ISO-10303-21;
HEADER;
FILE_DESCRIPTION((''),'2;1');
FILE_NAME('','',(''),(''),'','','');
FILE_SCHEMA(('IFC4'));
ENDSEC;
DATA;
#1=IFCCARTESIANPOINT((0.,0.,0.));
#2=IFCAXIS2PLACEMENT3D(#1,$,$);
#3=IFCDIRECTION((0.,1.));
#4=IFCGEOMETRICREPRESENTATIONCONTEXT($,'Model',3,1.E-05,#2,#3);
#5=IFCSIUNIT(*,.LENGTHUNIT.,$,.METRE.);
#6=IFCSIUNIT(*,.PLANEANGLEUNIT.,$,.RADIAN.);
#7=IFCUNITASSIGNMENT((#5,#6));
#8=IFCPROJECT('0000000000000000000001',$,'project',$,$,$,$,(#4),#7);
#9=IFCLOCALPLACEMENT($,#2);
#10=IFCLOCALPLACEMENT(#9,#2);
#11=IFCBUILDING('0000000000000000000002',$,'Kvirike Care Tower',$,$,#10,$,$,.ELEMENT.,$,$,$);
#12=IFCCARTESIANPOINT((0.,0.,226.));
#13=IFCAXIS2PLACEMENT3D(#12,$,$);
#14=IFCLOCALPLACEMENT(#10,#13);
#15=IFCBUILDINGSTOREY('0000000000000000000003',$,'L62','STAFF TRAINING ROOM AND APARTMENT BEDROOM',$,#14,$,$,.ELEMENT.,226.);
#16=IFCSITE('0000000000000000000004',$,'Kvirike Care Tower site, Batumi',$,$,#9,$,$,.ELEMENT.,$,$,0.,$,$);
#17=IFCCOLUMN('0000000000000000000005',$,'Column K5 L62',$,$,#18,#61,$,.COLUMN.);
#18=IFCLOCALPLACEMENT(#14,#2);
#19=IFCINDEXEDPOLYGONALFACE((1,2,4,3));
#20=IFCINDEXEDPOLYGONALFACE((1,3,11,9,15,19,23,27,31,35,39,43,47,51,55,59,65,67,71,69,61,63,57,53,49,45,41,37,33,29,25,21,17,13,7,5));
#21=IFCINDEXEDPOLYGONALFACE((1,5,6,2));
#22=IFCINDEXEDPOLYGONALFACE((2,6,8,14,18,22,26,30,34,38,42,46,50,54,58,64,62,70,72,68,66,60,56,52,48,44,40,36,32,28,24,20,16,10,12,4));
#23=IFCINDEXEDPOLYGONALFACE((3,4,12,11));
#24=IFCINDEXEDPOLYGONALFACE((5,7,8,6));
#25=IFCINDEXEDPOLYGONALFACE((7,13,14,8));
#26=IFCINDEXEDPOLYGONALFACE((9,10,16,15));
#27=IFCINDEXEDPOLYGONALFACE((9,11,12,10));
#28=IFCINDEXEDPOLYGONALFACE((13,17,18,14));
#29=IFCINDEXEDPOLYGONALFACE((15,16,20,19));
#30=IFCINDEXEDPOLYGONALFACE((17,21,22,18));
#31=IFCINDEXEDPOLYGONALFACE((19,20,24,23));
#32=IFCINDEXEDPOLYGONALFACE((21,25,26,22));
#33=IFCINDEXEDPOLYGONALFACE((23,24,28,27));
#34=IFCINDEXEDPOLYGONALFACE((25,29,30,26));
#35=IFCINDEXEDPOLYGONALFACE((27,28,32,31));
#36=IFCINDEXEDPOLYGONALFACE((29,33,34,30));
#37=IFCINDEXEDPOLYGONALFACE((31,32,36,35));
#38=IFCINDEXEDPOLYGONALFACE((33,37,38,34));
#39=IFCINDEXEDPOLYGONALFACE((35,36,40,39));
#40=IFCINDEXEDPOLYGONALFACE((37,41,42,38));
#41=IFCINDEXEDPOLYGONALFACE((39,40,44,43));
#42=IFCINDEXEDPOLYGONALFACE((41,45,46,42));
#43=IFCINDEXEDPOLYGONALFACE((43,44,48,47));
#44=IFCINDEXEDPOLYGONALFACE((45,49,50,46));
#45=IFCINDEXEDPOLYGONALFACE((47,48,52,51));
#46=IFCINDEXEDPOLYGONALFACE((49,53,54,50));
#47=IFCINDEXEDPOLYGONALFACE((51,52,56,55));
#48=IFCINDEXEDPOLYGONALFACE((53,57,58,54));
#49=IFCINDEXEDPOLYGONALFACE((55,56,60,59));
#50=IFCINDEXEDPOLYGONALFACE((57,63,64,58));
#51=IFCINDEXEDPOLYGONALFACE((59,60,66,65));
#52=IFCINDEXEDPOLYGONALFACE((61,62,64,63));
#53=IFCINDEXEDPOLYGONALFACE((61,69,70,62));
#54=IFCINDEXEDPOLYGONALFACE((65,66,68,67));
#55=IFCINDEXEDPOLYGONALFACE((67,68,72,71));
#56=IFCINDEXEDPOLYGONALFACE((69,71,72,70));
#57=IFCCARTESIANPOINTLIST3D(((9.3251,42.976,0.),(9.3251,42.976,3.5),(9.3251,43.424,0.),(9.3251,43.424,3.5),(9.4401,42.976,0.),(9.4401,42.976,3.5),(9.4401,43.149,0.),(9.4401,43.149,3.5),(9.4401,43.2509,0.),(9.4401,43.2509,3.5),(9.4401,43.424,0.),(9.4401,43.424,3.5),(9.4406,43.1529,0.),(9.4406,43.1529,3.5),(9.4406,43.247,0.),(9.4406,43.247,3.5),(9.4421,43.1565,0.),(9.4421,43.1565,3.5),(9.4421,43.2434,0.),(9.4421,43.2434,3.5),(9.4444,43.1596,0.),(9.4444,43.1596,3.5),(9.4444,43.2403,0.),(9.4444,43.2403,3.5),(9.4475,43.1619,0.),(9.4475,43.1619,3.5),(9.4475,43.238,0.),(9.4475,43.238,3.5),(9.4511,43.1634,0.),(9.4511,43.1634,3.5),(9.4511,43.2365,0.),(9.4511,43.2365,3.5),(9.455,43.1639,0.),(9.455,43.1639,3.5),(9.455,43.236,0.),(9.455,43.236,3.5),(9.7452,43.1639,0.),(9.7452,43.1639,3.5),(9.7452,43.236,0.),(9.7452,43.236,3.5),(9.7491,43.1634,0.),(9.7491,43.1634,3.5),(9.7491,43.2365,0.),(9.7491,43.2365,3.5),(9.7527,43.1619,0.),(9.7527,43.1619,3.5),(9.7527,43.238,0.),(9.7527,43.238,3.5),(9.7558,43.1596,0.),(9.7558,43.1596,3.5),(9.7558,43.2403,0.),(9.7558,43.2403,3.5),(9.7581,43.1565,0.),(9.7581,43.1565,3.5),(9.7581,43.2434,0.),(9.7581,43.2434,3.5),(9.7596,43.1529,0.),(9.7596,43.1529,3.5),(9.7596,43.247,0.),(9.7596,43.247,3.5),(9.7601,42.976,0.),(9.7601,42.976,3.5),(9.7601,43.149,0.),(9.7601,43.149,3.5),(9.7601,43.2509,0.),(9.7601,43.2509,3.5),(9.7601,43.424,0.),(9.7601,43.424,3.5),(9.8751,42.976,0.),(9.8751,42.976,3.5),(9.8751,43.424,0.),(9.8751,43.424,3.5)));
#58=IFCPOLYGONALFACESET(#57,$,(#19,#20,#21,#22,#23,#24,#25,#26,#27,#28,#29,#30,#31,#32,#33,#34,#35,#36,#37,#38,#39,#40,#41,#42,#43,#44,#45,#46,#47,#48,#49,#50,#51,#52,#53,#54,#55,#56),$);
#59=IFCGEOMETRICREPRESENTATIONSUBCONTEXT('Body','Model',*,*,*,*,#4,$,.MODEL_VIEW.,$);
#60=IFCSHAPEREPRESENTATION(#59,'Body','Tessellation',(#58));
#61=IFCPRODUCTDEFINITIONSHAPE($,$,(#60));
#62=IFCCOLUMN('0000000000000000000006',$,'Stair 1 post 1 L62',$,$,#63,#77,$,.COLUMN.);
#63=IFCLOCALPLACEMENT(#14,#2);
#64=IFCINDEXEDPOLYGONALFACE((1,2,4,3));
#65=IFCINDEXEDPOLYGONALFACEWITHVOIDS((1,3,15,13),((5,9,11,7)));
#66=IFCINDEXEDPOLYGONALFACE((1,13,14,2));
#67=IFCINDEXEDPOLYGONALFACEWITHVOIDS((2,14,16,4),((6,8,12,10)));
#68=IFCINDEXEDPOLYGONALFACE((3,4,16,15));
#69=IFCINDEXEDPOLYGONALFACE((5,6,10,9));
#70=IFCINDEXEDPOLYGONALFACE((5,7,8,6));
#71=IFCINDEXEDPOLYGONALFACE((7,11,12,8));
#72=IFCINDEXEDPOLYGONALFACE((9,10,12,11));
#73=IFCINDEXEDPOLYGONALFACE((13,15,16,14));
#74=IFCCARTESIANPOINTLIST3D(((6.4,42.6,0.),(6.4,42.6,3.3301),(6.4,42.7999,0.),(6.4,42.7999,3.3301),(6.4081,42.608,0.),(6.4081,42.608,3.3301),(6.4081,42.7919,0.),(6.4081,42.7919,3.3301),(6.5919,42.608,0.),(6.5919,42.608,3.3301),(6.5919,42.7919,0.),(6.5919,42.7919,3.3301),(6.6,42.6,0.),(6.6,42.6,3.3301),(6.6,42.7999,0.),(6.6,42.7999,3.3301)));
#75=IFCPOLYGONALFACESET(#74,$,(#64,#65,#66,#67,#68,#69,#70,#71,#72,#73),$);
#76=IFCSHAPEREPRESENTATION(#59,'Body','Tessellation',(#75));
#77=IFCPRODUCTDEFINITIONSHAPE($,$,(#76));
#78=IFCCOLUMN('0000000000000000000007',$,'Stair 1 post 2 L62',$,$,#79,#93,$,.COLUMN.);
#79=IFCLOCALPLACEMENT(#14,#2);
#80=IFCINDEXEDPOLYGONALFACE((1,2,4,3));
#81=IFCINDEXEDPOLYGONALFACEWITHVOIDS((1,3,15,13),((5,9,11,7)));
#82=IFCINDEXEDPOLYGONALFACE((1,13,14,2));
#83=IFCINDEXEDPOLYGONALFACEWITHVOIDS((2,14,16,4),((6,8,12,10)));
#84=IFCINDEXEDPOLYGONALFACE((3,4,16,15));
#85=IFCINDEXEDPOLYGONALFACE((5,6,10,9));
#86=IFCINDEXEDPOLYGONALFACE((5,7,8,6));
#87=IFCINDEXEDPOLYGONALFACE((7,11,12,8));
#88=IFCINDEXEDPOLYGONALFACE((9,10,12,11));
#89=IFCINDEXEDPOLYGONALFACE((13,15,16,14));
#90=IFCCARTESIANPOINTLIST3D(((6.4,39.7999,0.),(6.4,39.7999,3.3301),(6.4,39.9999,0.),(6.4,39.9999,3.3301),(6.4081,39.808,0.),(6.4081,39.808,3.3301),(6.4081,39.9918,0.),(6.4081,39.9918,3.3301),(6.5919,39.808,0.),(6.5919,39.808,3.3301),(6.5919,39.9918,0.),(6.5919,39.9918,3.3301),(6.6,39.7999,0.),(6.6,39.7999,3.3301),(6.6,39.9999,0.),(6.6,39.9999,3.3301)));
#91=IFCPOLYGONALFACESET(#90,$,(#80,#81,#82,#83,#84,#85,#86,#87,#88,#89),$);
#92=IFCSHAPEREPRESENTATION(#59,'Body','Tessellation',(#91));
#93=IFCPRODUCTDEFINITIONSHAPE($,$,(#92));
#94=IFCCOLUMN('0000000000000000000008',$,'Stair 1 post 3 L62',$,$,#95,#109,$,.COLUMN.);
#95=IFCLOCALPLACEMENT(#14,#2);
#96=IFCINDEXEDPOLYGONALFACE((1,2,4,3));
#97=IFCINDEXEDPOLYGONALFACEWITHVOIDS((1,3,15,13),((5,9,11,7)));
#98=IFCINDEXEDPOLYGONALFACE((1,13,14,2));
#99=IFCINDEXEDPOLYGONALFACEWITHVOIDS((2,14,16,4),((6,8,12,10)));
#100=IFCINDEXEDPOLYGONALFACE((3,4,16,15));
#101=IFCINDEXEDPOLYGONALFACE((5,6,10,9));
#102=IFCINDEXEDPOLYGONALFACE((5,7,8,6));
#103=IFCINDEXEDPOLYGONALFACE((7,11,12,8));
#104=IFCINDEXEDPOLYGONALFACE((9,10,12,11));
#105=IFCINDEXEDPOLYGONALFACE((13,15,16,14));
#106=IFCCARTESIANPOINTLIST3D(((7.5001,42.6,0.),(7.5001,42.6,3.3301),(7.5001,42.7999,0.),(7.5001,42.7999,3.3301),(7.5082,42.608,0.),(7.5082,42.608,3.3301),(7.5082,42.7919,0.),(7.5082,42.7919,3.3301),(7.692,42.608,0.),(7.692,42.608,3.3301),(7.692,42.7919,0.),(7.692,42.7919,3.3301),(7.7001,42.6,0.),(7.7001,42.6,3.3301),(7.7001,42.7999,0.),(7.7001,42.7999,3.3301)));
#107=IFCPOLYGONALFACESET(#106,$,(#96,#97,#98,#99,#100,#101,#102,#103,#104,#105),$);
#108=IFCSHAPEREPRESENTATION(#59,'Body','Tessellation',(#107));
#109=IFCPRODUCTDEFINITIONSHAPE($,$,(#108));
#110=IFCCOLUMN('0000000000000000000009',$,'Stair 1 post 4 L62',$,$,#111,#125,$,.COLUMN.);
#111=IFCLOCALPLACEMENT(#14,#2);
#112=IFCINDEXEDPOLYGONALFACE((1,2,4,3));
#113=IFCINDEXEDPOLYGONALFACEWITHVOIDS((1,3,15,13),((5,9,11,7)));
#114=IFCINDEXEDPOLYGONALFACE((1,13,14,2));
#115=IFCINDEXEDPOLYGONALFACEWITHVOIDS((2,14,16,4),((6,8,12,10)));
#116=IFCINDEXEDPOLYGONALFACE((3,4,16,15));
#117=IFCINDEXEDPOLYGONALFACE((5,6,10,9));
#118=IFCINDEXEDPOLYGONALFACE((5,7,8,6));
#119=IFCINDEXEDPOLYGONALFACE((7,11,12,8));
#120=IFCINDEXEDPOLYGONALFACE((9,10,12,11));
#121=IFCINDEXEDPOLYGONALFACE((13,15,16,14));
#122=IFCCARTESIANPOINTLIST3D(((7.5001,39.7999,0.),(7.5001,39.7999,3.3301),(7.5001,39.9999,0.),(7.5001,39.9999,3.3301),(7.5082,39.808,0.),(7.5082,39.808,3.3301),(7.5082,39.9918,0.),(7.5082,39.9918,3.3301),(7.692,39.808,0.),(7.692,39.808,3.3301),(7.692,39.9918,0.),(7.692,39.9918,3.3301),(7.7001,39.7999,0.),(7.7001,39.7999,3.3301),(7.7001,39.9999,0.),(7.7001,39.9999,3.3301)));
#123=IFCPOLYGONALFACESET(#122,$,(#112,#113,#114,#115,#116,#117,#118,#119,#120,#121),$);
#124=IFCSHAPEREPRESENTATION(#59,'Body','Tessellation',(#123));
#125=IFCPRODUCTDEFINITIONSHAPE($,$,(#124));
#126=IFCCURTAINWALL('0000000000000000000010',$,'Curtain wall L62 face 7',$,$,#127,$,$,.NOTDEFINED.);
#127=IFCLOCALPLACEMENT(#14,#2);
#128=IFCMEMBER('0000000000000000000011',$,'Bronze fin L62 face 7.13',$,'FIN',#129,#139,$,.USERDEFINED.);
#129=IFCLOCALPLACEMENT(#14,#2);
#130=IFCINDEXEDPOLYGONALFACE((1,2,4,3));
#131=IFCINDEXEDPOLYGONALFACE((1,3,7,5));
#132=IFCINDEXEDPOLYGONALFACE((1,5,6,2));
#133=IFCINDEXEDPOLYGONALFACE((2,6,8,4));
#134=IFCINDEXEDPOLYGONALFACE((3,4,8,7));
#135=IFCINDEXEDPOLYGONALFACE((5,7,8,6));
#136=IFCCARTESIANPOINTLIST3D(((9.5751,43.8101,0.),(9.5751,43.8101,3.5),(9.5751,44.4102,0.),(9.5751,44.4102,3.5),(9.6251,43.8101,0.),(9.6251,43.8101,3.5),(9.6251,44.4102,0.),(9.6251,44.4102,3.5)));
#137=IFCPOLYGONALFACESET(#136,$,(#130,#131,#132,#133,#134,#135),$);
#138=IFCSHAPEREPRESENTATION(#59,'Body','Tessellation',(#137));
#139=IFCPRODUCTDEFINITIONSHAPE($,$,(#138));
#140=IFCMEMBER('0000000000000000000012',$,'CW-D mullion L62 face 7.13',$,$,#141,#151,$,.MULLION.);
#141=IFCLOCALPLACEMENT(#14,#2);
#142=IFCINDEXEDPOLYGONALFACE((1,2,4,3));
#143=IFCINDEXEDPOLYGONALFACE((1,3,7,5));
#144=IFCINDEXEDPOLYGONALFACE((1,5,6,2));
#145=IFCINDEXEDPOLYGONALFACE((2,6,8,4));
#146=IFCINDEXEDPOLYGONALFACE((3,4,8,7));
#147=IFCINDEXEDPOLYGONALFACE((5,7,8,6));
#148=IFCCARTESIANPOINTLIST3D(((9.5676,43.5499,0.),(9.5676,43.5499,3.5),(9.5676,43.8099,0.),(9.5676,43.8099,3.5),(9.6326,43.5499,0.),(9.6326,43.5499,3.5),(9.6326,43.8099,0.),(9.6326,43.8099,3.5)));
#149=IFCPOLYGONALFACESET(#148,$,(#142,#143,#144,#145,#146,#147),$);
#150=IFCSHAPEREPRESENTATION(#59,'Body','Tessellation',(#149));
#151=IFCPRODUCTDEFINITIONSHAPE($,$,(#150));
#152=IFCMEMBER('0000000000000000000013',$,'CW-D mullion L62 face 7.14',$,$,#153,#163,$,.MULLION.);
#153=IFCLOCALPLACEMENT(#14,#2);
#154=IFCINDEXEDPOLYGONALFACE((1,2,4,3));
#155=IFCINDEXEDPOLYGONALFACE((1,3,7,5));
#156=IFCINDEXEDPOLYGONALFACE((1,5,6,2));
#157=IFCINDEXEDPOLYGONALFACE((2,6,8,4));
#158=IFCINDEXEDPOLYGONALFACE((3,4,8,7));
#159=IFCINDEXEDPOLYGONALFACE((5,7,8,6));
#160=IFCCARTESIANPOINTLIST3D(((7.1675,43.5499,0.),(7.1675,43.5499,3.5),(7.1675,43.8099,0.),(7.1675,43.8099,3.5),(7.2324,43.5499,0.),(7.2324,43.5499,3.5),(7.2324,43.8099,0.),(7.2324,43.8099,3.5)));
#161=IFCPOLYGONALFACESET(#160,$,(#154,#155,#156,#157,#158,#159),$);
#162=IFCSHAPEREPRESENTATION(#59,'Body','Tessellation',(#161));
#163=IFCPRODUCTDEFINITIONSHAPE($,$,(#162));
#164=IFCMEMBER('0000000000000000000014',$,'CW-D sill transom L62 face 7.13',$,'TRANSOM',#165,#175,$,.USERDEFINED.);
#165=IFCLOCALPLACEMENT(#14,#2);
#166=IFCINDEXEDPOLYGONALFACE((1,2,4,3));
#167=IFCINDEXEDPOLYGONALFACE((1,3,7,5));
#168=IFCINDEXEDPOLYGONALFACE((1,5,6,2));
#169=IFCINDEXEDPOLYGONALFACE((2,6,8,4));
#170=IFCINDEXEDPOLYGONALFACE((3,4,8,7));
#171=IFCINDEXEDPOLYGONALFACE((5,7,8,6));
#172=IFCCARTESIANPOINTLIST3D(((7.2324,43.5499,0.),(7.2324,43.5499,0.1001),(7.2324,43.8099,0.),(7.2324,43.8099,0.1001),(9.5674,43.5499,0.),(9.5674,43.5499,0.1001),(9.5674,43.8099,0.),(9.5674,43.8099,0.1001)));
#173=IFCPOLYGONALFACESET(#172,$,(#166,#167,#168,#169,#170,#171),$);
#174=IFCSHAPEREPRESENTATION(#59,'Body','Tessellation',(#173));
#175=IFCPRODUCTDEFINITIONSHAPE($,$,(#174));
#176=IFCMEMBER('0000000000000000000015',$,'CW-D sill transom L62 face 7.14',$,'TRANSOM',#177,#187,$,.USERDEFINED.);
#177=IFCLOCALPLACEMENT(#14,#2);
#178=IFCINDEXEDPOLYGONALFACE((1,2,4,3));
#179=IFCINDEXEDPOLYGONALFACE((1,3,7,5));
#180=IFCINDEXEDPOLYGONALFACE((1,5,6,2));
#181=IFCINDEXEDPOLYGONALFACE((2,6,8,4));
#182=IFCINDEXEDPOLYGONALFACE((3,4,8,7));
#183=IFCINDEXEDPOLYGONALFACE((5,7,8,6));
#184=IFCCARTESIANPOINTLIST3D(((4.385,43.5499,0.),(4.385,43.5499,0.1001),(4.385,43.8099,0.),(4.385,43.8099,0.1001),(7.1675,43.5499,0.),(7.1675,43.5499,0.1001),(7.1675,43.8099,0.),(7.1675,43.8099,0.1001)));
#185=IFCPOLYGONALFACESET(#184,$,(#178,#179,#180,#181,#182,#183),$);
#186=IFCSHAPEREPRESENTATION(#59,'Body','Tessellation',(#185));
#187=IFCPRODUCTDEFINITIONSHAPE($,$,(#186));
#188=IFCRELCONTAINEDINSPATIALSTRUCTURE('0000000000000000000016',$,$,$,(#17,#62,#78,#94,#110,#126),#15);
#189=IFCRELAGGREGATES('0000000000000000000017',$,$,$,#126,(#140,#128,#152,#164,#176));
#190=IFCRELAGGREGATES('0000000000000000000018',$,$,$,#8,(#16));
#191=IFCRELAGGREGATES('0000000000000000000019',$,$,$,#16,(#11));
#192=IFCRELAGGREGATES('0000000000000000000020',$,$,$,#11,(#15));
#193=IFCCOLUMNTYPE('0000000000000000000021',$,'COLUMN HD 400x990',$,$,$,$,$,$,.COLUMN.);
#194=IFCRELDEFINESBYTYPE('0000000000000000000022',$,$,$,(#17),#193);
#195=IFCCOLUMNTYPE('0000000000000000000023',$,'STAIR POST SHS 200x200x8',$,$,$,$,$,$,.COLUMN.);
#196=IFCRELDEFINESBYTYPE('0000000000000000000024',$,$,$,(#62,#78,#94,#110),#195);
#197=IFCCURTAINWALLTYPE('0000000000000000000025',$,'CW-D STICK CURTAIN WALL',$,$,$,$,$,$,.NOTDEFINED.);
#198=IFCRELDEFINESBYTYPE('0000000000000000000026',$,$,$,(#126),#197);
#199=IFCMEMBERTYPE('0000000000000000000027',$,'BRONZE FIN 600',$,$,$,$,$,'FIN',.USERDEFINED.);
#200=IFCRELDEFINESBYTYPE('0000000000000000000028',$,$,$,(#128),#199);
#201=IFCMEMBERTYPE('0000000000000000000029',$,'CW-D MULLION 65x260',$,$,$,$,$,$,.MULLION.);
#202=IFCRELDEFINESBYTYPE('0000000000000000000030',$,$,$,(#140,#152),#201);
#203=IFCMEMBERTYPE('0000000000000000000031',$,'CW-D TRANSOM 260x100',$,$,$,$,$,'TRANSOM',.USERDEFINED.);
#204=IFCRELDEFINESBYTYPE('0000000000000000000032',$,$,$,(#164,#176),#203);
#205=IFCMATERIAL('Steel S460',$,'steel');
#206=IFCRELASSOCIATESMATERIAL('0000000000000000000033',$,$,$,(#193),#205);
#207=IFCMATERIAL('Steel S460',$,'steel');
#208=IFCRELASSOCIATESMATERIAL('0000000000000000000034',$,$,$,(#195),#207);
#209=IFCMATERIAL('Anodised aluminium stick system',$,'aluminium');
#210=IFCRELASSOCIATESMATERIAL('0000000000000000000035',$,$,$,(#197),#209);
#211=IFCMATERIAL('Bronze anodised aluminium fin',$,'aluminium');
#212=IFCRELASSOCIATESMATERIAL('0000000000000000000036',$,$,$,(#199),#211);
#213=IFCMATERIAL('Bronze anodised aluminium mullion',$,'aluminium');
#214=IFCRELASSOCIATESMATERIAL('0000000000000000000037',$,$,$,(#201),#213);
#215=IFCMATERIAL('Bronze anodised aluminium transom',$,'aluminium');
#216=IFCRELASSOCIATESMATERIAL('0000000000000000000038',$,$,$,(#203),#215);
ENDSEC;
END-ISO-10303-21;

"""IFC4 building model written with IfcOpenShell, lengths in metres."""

from ifc_helpers import new_model, si_unit, direction, frame, origin, origin_2d, place, context, subcontext, project, spatial, rectangle, hollow_rectangle, i_section, extrude, material, material_profile, profile_set, type_object, element, aggregate, save


model = new_model("IFC4")

# Units and contexts
model_context = context("Model", 3, precision=1e-05, world=origin(), true_north=direction((0.0, 1.0)))
body_context = subcontext(model_context, "Body", "Model", "MODEL_VIEW")
ifc_project = project(units=[si_unit("LENGTHUNIT", "METRE"), si_unit("PLANEANGLEUNIT", "RADIAN")], contexts=[model_context])

# Site, building, storey
site_placement = place(None, origin())
site = spatial("IfcSite", under=ifc_project, at=site_placement, Name="Kvirike Care Tower site, Batumi", CompositionType="ELEMENT", RefElevation=0.0)
building_placement = place(site_placement, origin())
building = spatial("IfcBuilding", under=site, at=building_placement, Name="Kvirike Care Tower", CompositionType="ELEMENT")
storey_placement = place(building_placement, frame((0.0, 0.0, 226.0)))
storey = spatial("IfcBuildingStorey", under=building, at=storey_placement, Name="L62", Description="STAFF TRAINING ROOM AND APARTMENT BEDROOM", CompositionType="ELEMENT", Elevation=226.0)

# Columns
ifc_material_1 = material(Name="Steel S460", Category="steel")
ifc_material_profile_1 = material_profile(ifc_material_1, i_section(OverallWidth=0.448, OverallDepth=0.55, WebThickness=0.072, FlangeThickness=0.115, FilletRadius=0.0149, at=origin_2d()), Name="HD 400x990")
ifc_profile_set_1 = profile_set([ifc_material_profile_1], Name="Steel S460")
column_type_1 = type_object("IfcColumnType", Name="COLUMN HD 400x990", PredefinedType="COLUMN", material=ifc_profile_set_1)
column_placement = place(storey_placement, frame((9.6001, 43.2, 0.0), z_axis=(0.0, 0.0, 1.0), x_axis=(0.0, 1.0, 0.0)))
element("IfcColumn", 1, at=column_placement, inside=storey, type_object=column_type_1, Name="Column K5 L62", PredefinedType="COLUMN", context=body_context, shape_type="SweptSolid", body=[
    extrude(i_section(OverallWidth=0.448, OverallDepth=0.55, WebThickness=0.072, FlangeThickness=0.115, FilletRadius=0.0149, at=origin_2d()), origin(), (0.0, 0.0, 1.0), 3.5),
])
ifc_material_2 = material(Name="Steel S460", Category="steel")
ifc_material_profile_2 = material_profile(ifc_material_2, hollow_rectangle(XDim=0.2, YDim=0.2, WallThickness=0.0081, at=origin_2d()), Name="SHS 200x200x8")
ifc_profile_set_2 = profile_set([ifc_material_profile_2], Name="Steel S460")
column_type_2 = type_object("IfcColumnType", Name="STAIR POST SHS 200x200x8", PredefinedType="COLUMN", material=ifc_profile_set_2)
for number, where, z_axis, x_axis, name in (
    (2, (6.5, 42.7, 0.0), (0.0, 0.0, 1.0), (1.0, 0.0, 0.0), "Stair 1 post 1 L62"),
    (3, (6.5, 39.8999, 0.0), (0.0, 0.0, 1.0), (1.0, 0.0, 0.0), "Stair 1 post 2 L62"),
    (4, (7.6001, 42.7, 0.0), (0.0, 0.0, 1.0), (1.0, 0.0, 0.0), "Stair 1 post 3 L62"),
    (5, (7.6001, 39.8999, 0.0), (0.0, 0.0, 1.0), (1.0, 0.0, 0.0), "Stair 1 post 4 L62"),
):
    element("IfcColumn", number, at=place(storey_placement, frame(where, z_axis=z_axis, x_axis=x_axis)), inside=storey, type_object=column_type_2, Name=name, PredefinedType="COLUMN", context=body_context, shape_type="SweptSolid", body=[
        extrude(hollow_rectangle(XDim=0.2, YDim=0.2, WallThickness=0.0081, at=origin_2d()), origin(), (0.0, 0.0, 1.0), 3.3301),
    ])

# Curtain wall, members
ifc_material_3 = material(Name="Anodised aluminium stick system", Category="aluminium")
curtain_wall_type = type_object("IfcCurtainWallType", Name="CW-D STICK CURTAIN WALL", PredefinedType="NOTDEFINED", material=ifc_material_3)
curtain_wall_placement = place(storey_placement, origin())
curtain_wall = element("IfcCurtainWall", 6, at=curtain_wall_placement, inside=storey, type_object=curtain_wall_type, Name="Curtain wall L62 face 7", PredefinedType="NOTDEFINED")
ifc_material_4 = material(Name="Bronze anodised aluminium fin", Category="aluminium")
ifc_material_profile_3 = material_profile(ifc_material_4, rectangle(XDim=0.05, YDim=0.6001, at=origin_2d()), Name="BRONZE FIN 600")
ifc_profile_set_3 = profile_set([ifc_material_profile_3], Name="Bronze anodised aluminium fin")
member_type_1 = type_object("IfcMemberType", Name="BRONZE FIN 600", ElementType="FIN", PredefinedType="USERDEFINED", material=ifc_profile_set_3)
member_1_placement = place(storey_placement, frame((9.6001, 44.1101, 0.0), z_axis=(0.0, 0.0, 1.0), x_axis=(-1.0, 0.0, 0.0)))
member_1 = element("IfcMember", 7, at=member_1_placement, type_object=member_type_1, Name="Bronze fin L62 face 7.13", ObjectType="FIN", PredefinedType="USERDEFINED", context=body_context, shape_type="SweptSolid", body=[
    extrude(rectangle(XDim=0.05, YDim=0.6001, at=origin_2d()), origin(), (0.0, 0.0, 1.0), 3.5),
])
ifc_material_5 = material(Name="Bronze anodised aluminium mullion", Category="aluminium")
ifc_material_profile_4 = material_profile(ifc_material_5, rectangle(XDim=0.0649, YDim=0.26, at=origin_2d()), Name="CW-D MULLION 65x260")
ifc_profile_set_4 = profile_set([ifc_material_profile_4], Name="Bronze anodised aluminium mullion")
member_type_2 = type_object("IfcMemberType", Name="CW-D MULLION 65x260", PredefinedType="MULLION", material=ifc_profile_set_4)
member_2_placement = place(storey_placement, frame((9.6001, 43.6799, 0.0), z_axis=(0.0, 0.0, 1.0), x_axis=(-1.0, 0.0, 0.0)))
member_2 = element("IfcMember", 8, at=member_2_placement, type_object=member_type_2, Name="CW-D mullion L62 face 7.13", PredefinedType="MULLION", context=body_context, shape_type="SweptSolid", body=[
    extrude(rectangle(XDim=0.0649, YDim=0.26, at=origin_2d()), origin(), (0.0, 0.0, 1.0), 3.5),
])
member_3_placement = place(storey_placement, frame((7.2, 43.6799, 0.0), z_axis=(0.0, 0.0, 1.0), x_axis=(-1.0, 0.0, 0.0)))
member_3 = element("IfcMember", 9, at=member_3_placement, type_object=member_type_2, Name="CW-D mullion L62 face 7.14", PredefinedType="MULLION", context=body_context, shape_type="SweptSolid", body=[
    extrude(rectangle(XDim=0.0649, YDim=0.26, at=origin_2d()), origin(), (0.0, 0.0, 1.0), 3.5),
])
ifc_material_6 = material(Name="Bronze anodised aluminium transom", Category="aluminium")
ifc_material_profile_5 = material_profile(ifc_material_6, rectangle(XDim=0.26, YDim=0.1001, at=origin_2d()), Name="CW-D TRANSOM 260x100")
ifc_profile_set_5 = profile_set([ifc_material_profile_5], Name="Bronze anodised aluminium transom")
member_type_3 = type_object("IfcMemberType", Name="CW-D TRANSOM 260x100", ElementType="TRANSOM", PredefinedType="USERDEFINED", material=ifc_profile_set_5)
member_4_placement = place(storey_placement, frame((9.5674, 43.6799, 0.05), z_axis=(-1.0, 0.0, 0.0), x_axis=(0.0, -1.0, 0.0)))
member_4 = element("IfcMember", 10, at=member_4_placement, type_object=member_type_3, Name="CW-D sill transom L62 face 7.13", ObjectType="TRANSOM", PredefinedType="USERDEFINED", context=body_context, shape_type="SweptSolid", body=[
    extrude(rectangle(XDim=0.26, YDim=0.1001, at=origin_2d()), origin(), (0.0, 0.0, 1.0), 2.335),
])
member_5_placement = place(storey_placement, frame((7.1675, 43.6799, 0.05), z_axis=(-1.0, 0.0, 0.0), x_axis=(0.0, -1.0, 0.0)))
member_5 = element("IfcMember", 11, at=member_5_placement, type_object=member_type_3, Name="CW-D sill transom L62 face 7.14", ObjectType="TRANSOM", PredefinedType="USERDEFINED", context=body_context, shape_type="SweptSolid", body=[
    extrude(rectangle(XDim=0.26, YDim=0.1001, at=origin_2d()), origin(), (0.0, 0.0, 1.0), 2.7825),
])

aggregate(curtain_wall, [member_2, member_1, member_3, member_4, member_5])

save(model, "model.ifc")
